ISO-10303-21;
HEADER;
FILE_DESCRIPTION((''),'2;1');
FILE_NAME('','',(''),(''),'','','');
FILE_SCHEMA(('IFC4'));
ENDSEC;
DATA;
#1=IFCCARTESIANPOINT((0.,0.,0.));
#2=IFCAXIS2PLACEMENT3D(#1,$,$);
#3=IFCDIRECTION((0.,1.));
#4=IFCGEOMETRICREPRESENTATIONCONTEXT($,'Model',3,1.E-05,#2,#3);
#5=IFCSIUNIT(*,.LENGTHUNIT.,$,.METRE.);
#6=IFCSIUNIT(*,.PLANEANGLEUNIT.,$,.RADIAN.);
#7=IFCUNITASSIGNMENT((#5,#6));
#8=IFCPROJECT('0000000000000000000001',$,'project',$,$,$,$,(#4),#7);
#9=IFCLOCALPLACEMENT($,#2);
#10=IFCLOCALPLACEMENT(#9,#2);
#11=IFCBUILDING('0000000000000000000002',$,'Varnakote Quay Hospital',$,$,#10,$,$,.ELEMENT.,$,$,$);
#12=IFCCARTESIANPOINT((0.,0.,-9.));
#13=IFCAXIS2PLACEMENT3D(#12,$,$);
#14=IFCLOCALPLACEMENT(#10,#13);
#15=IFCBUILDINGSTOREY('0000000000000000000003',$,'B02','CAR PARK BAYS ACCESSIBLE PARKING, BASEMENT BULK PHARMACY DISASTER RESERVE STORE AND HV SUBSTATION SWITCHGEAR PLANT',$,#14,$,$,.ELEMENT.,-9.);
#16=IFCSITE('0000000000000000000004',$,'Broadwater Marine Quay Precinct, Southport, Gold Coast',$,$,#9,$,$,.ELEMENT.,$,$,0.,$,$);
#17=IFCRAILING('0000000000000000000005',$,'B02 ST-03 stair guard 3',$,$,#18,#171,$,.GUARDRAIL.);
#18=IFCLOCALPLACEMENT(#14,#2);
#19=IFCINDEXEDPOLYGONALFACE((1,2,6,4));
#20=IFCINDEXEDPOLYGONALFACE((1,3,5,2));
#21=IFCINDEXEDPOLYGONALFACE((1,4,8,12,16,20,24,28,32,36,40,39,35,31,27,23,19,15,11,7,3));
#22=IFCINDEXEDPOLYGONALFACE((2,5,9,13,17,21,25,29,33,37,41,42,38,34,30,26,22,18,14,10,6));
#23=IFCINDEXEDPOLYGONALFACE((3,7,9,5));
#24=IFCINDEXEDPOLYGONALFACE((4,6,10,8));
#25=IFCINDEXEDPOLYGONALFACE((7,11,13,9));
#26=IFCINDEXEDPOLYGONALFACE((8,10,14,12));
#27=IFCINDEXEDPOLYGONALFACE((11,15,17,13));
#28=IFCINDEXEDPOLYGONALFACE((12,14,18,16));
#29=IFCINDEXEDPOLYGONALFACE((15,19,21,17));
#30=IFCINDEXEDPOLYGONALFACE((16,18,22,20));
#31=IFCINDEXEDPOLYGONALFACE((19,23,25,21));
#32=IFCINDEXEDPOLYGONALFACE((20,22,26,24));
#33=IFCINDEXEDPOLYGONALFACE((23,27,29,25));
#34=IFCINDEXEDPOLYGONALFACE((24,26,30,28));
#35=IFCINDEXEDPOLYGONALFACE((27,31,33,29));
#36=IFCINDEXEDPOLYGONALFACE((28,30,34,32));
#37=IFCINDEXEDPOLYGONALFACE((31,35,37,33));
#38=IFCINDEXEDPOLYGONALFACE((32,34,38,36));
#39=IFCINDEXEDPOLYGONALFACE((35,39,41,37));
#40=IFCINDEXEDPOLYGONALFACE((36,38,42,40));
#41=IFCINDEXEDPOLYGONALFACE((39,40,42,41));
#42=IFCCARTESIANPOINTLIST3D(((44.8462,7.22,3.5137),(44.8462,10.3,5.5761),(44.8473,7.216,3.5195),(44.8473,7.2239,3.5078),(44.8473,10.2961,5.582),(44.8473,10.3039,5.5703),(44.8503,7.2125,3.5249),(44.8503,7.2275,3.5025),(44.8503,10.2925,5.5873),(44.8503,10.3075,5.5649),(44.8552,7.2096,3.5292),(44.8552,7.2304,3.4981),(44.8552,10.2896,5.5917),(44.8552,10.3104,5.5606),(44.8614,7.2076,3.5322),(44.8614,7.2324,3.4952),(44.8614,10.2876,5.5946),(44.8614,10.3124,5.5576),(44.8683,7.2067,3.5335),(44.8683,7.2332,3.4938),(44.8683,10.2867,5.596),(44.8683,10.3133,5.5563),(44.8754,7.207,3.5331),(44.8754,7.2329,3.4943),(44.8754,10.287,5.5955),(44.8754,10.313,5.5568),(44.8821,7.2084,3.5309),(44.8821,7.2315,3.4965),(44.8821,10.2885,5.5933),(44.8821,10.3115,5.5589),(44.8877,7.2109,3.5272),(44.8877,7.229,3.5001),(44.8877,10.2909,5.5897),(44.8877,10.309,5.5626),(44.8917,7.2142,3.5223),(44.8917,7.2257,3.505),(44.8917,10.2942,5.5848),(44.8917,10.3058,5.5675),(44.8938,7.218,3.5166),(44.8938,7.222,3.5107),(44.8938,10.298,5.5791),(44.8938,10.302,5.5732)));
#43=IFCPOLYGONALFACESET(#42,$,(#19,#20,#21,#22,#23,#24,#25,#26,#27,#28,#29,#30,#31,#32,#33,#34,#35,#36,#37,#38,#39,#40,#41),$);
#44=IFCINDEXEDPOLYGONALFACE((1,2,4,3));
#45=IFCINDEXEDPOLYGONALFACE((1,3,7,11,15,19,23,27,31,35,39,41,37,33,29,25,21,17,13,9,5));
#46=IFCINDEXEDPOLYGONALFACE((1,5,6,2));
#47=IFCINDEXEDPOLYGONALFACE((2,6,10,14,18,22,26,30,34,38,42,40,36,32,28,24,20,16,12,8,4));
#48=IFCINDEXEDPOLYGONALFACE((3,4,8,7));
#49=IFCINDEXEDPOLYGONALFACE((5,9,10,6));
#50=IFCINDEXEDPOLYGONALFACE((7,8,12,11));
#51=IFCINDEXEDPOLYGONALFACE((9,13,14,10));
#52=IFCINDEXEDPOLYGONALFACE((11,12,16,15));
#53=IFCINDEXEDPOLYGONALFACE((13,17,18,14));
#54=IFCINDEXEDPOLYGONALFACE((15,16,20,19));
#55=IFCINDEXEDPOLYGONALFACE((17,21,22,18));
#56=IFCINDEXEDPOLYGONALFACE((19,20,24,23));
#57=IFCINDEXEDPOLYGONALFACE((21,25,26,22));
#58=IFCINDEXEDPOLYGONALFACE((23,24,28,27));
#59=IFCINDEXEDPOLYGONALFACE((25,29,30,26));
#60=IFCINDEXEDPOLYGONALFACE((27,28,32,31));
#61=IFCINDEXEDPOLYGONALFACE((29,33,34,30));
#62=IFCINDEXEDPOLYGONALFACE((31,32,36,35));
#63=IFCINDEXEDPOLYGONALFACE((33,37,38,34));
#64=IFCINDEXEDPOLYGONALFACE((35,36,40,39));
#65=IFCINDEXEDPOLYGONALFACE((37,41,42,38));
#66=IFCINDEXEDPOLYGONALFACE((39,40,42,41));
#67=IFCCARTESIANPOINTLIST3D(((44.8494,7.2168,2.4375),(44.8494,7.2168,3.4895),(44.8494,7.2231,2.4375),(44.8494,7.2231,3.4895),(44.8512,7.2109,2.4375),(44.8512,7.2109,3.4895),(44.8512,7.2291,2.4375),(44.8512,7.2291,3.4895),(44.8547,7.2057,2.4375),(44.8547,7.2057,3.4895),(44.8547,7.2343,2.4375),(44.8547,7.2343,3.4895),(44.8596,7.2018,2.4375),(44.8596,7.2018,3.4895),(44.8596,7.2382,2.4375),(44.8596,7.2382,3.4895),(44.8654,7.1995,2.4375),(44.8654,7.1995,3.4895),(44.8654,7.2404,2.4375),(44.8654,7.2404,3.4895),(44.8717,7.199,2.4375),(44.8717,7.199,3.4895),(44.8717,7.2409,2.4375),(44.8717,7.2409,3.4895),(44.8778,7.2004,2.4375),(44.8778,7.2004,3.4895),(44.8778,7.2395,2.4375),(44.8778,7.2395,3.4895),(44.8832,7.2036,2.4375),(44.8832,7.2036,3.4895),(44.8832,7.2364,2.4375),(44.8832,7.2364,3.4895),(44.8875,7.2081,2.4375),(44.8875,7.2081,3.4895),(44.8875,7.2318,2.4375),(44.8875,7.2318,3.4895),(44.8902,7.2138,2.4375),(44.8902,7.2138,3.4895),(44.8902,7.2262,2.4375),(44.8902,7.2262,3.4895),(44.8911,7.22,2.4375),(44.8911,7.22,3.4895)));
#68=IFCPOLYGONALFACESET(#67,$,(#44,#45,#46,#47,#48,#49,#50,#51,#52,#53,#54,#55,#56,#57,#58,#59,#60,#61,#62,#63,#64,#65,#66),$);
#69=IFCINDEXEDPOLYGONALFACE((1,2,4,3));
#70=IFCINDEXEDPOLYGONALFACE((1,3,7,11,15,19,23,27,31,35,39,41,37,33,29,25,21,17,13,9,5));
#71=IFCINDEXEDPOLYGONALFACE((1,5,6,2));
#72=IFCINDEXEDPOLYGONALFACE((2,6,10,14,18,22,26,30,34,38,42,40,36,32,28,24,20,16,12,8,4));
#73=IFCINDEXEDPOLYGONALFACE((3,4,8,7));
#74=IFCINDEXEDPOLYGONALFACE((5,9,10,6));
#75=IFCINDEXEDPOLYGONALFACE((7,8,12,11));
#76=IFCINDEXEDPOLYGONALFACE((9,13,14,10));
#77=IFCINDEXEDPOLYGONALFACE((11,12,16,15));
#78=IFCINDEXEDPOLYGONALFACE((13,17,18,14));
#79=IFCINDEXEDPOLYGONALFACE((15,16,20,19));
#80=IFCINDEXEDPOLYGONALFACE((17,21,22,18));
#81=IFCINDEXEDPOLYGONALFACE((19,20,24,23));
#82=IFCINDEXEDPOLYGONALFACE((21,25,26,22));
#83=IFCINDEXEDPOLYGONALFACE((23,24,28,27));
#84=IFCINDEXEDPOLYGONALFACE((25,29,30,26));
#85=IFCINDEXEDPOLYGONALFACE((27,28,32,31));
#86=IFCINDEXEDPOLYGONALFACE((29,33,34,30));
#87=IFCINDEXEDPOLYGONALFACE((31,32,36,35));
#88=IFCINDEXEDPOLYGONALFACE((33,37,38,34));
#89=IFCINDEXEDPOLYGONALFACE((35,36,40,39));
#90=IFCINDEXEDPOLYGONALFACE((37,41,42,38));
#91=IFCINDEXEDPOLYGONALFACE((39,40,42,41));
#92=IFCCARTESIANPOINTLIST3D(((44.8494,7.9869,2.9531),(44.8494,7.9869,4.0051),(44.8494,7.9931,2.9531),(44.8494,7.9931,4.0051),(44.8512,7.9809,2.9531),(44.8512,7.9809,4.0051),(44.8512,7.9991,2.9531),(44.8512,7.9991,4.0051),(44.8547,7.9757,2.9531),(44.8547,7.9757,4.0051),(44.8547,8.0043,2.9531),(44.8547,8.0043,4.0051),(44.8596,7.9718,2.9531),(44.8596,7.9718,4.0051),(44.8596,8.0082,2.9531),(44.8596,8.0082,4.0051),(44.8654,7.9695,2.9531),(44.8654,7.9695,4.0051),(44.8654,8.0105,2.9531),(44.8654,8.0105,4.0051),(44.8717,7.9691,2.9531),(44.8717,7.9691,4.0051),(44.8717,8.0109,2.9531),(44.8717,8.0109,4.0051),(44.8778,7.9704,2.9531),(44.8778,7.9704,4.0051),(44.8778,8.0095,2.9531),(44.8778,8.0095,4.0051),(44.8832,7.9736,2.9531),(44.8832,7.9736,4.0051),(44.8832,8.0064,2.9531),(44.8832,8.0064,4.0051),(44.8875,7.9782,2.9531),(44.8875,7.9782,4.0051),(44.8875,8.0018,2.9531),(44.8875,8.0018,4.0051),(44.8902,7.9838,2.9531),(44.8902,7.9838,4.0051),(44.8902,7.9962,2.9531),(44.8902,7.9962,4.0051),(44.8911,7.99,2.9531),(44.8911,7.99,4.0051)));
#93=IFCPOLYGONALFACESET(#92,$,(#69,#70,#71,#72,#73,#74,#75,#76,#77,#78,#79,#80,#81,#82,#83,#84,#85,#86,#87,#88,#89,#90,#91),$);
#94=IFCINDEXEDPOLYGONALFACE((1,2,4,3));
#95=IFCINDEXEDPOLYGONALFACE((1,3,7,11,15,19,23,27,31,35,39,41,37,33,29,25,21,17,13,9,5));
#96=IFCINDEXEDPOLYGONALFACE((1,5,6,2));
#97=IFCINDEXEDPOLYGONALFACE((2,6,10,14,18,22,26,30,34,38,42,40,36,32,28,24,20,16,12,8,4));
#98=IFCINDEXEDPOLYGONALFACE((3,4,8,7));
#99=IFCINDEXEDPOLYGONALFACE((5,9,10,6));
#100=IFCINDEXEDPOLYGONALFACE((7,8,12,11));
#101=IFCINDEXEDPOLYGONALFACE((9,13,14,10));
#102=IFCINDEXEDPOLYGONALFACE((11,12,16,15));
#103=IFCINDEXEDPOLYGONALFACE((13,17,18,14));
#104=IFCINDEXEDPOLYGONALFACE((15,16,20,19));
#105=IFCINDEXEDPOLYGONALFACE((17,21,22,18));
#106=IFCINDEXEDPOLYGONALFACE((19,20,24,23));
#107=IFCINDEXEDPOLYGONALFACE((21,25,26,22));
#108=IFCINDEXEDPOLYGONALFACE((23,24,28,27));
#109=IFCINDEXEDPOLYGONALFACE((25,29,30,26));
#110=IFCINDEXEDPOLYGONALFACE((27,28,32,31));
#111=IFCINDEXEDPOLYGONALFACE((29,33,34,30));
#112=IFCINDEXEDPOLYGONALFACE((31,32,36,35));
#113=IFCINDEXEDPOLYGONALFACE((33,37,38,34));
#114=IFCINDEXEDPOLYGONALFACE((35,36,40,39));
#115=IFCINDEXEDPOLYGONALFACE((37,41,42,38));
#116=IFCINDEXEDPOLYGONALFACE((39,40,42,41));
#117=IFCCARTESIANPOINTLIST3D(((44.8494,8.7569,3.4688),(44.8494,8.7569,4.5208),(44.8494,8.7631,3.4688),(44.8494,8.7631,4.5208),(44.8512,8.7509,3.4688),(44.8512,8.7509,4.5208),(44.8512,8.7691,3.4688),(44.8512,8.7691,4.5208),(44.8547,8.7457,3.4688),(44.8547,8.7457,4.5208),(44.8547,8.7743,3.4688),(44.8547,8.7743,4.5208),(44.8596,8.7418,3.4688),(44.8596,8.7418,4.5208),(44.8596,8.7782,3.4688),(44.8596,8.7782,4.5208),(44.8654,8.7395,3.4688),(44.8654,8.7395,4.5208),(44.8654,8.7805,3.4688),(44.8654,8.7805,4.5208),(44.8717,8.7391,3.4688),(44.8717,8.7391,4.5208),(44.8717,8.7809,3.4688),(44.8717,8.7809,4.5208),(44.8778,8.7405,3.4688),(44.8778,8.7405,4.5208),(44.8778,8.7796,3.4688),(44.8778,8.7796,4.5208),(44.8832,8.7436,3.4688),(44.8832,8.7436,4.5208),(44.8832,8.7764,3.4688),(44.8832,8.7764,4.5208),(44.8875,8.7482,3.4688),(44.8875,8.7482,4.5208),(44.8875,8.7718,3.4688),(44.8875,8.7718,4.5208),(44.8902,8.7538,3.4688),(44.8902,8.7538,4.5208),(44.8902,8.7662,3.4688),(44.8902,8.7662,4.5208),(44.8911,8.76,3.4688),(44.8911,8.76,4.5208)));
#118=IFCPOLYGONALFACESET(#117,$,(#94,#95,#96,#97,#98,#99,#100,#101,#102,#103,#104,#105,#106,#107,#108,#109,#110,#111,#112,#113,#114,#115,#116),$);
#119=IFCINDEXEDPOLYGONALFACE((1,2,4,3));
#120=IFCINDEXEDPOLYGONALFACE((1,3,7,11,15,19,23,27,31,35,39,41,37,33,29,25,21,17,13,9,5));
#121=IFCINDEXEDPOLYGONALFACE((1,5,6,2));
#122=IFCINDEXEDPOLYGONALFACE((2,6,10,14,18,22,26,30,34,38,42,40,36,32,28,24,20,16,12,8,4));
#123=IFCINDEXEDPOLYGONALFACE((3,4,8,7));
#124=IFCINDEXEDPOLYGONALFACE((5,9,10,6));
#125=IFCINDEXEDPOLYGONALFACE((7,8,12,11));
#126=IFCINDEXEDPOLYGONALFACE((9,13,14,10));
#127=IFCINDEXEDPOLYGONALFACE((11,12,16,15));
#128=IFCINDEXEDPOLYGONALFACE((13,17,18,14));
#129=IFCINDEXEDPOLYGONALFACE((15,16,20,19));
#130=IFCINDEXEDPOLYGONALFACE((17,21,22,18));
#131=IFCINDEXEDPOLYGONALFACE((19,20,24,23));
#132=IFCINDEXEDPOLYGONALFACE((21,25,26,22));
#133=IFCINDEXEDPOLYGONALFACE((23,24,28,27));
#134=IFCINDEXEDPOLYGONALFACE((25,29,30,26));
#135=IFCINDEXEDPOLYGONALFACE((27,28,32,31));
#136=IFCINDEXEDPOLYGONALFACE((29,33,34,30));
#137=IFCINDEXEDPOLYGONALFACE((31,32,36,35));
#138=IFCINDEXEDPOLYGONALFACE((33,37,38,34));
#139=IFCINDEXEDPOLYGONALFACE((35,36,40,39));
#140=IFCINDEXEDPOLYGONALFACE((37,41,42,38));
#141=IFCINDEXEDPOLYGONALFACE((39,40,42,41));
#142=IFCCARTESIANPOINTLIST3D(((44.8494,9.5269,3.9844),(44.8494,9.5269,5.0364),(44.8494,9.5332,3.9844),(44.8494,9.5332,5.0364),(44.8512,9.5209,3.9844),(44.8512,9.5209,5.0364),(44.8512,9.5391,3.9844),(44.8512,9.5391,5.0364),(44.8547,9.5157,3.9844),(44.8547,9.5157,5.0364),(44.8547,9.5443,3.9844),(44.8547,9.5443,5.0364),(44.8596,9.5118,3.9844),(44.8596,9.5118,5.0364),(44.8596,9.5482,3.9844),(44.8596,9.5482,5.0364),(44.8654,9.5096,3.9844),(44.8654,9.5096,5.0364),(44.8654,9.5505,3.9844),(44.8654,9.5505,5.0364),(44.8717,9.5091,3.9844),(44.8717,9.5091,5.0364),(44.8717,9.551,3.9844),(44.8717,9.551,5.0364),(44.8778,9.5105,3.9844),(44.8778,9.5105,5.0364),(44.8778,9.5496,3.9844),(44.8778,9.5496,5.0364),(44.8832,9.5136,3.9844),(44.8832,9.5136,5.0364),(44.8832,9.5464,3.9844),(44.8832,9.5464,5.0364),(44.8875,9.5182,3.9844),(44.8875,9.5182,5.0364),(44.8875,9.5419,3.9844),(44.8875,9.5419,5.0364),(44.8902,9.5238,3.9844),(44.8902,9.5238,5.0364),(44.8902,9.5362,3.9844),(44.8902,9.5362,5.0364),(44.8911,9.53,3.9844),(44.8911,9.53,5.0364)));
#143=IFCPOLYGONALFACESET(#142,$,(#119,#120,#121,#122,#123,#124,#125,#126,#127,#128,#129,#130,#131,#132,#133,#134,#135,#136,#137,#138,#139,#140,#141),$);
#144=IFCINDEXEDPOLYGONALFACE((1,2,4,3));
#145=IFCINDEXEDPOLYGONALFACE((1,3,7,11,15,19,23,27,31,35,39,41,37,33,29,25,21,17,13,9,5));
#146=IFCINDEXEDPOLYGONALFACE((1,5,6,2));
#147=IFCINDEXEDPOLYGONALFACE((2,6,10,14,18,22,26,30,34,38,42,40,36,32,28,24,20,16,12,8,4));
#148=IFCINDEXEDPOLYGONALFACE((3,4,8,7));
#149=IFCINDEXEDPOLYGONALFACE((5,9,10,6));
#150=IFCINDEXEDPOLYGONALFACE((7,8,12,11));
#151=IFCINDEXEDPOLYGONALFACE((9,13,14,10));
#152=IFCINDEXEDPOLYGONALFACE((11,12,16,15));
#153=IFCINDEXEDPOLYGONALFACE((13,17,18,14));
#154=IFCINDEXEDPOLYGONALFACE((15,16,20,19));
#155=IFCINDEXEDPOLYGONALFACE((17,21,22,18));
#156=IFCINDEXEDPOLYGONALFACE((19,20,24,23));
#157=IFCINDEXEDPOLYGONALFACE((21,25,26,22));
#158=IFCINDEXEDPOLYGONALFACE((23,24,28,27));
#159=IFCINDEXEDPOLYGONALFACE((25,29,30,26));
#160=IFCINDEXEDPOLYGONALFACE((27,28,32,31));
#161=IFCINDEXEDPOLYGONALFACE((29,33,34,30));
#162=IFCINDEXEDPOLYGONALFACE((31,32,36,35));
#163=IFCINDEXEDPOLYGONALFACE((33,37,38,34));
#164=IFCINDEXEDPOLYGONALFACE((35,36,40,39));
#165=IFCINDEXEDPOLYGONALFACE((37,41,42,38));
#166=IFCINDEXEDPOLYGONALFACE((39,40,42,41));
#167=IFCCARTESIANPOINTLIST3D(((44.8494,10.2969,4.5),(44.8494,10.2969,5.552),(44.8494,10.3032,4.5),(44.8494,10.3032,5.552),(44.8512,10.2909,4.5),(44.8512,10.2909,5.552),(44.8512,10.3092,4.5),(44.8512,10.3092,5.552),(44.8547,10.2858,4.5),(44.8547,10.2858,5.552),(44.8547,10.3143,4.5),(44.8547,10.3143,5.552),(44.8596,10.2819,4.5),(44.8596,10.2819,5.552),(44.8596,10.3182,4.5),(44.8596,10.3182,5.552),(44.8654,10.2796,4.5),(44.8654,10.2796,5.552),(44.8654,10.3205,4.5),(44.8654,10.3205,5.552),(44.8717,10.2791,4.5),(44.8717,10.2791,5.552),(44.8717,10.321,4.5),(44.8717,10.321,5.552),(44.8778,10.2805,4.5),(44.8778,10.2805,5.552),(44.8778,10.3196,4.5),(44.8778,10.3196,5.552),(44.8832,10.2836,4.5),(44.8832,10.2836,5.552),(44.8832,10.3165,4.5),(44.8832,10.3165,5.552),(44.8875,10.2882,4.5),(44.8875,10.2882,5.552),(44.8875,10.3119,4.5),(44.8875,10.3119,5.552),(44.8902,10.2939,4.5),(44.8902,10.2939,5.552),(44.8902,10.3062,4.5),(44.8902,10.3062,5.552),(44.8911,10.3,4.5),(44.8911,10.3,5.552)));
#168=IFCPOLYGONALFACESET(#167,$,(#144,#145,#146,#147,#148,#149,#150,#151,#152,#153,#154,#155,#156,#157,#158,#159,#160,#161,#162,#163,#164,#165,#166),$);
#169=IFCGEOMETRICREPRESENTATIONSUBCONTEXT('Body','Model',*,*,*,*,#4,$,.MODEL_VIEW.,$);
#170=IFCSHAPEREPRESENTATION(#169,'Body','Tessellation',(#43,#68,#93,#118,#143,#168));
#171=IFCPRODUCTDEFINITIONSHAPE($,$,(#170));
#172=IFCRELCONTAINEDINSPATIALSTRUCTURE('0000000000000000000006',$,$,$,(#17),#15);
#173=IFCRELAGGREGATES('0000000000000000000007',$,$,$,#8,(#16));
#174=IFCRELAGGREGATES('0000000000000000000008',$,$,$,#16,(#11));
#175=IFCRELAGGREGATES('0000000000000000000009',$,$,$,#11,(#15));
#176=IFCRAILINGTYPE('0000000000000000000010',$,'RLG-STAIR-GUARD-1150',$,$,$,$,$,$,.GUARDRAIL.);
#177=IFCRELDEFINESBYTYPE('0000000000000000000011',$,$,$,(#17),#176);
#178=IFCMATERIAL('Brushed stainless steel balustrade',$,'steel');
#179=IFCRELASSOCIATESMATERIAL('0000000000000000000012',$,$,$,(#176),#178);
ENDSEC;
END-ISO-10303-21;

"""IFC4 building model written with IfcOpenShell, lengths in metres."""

from ifc_helpers import new_model, si_unit, direction, frame, origin, origin_2d, place, context, subcontext, project, spatial, circle, extrude, material, type_object, element, save


model = new_model("IFC4")

# Units and contexts
model_context = context("Model", 3, precision=1e-05, world=origin(), true_north=direction((0.0, 1.0)))
body_context = subcontext(model_context, "Body", "Model", "MODEL_VIEW")
ifc_project = project(units=[si_unit("LENGTHUNIT", "METRE"), si_unit("PLANEANGLEUNIT", "RADIAN")], contexts=[model_context])

# Site, building, storey
site_placement = place(None, origin())
site = spatial("IfcSite", under=ifc_project, at=site_placement, Name="Broadwater Marine Quay Precinct, Southport, Gold Coast", CompositionType="ELEMENT", RefElevation=0.0)
building_placement = place(site_placement, origin())
building = spatial("IfcBuilding", under=site, at=building_placement, Name="Varnakote Quay Hospital", CompositionType="ELEMENT")
storey_placement = place(building_placement, frame((0.0, 0.0, -9.0)))
storey = spatial("IfcBuildingStorey", under=building, at=storey_placement, Name="B02", Description="CAR PARK BAYS ACCESSIBLE PARKING, BASEMENT BULK PHARMACY DISASTER RESERVE STORE AND HV SUBSTATION SWITCHGEAR PLANT", CompositionType="ELEMENT", Elevation=-9.0)

# Railing
ifc_material_1 = material(Name="Brushed stainless steel balustrade", Category="steel")
railing_type_1 = type_object("IfcRailingType", Name="RLG-STAIR-GUARD-1150", PredefinedType="GUARDRAIL", material=ifc_material_1)
railing_1_placement = place(storey_placement, frame((44.8701, 7.22, 2.4375)))
element("IfcRailing", 1, at=railing_1_placement, inside=storey, type_object=railing_type_1, Name="B02 ST-03 stair guard 3", PredefinedType="GUARDRAIL", context=body_context, shape_type="SweptSolid", body=[
    extrude(circle(Radius=0.0239, at=origin_2d()), frame((0.0, 0.0, 1.0762), z_axis=(0.0, 0.830914, 0.556401), x_axis=(-1.0, 0.0, 0.0)), (0.0, 0.0, 1.0), 3.7068),
    extrude(circle(Radius=0.021, at=origin_2d()), origin(), (0.0, 0.0, 1.0), 1.052),
    extrude(circle(Radius=0.021, at=origin_2d()), frame((0.0, 0.77, 0.5156)), (0.0, 0.0, 1.0), 1.052),
    extrude(circle(Radius=0.021, at=origin_2d()), frame((0.0, 1.54, 1.0312)), (0.0, 0.0, 1.0), 1.052),
    extrude(circle(Radius=0.021, at=origin_2d()), frame((0.0, 2.3101, 1.5469)), (0.0, 0.0, 1.0), 1.052),
    extrude(circle(Radius=0.021, at=origin_2d()), frame((0.0, 3.0801, 2.0625)), (0.0, 0.0, 1.0), 1.052),
])

save(model, "model.ifc")
